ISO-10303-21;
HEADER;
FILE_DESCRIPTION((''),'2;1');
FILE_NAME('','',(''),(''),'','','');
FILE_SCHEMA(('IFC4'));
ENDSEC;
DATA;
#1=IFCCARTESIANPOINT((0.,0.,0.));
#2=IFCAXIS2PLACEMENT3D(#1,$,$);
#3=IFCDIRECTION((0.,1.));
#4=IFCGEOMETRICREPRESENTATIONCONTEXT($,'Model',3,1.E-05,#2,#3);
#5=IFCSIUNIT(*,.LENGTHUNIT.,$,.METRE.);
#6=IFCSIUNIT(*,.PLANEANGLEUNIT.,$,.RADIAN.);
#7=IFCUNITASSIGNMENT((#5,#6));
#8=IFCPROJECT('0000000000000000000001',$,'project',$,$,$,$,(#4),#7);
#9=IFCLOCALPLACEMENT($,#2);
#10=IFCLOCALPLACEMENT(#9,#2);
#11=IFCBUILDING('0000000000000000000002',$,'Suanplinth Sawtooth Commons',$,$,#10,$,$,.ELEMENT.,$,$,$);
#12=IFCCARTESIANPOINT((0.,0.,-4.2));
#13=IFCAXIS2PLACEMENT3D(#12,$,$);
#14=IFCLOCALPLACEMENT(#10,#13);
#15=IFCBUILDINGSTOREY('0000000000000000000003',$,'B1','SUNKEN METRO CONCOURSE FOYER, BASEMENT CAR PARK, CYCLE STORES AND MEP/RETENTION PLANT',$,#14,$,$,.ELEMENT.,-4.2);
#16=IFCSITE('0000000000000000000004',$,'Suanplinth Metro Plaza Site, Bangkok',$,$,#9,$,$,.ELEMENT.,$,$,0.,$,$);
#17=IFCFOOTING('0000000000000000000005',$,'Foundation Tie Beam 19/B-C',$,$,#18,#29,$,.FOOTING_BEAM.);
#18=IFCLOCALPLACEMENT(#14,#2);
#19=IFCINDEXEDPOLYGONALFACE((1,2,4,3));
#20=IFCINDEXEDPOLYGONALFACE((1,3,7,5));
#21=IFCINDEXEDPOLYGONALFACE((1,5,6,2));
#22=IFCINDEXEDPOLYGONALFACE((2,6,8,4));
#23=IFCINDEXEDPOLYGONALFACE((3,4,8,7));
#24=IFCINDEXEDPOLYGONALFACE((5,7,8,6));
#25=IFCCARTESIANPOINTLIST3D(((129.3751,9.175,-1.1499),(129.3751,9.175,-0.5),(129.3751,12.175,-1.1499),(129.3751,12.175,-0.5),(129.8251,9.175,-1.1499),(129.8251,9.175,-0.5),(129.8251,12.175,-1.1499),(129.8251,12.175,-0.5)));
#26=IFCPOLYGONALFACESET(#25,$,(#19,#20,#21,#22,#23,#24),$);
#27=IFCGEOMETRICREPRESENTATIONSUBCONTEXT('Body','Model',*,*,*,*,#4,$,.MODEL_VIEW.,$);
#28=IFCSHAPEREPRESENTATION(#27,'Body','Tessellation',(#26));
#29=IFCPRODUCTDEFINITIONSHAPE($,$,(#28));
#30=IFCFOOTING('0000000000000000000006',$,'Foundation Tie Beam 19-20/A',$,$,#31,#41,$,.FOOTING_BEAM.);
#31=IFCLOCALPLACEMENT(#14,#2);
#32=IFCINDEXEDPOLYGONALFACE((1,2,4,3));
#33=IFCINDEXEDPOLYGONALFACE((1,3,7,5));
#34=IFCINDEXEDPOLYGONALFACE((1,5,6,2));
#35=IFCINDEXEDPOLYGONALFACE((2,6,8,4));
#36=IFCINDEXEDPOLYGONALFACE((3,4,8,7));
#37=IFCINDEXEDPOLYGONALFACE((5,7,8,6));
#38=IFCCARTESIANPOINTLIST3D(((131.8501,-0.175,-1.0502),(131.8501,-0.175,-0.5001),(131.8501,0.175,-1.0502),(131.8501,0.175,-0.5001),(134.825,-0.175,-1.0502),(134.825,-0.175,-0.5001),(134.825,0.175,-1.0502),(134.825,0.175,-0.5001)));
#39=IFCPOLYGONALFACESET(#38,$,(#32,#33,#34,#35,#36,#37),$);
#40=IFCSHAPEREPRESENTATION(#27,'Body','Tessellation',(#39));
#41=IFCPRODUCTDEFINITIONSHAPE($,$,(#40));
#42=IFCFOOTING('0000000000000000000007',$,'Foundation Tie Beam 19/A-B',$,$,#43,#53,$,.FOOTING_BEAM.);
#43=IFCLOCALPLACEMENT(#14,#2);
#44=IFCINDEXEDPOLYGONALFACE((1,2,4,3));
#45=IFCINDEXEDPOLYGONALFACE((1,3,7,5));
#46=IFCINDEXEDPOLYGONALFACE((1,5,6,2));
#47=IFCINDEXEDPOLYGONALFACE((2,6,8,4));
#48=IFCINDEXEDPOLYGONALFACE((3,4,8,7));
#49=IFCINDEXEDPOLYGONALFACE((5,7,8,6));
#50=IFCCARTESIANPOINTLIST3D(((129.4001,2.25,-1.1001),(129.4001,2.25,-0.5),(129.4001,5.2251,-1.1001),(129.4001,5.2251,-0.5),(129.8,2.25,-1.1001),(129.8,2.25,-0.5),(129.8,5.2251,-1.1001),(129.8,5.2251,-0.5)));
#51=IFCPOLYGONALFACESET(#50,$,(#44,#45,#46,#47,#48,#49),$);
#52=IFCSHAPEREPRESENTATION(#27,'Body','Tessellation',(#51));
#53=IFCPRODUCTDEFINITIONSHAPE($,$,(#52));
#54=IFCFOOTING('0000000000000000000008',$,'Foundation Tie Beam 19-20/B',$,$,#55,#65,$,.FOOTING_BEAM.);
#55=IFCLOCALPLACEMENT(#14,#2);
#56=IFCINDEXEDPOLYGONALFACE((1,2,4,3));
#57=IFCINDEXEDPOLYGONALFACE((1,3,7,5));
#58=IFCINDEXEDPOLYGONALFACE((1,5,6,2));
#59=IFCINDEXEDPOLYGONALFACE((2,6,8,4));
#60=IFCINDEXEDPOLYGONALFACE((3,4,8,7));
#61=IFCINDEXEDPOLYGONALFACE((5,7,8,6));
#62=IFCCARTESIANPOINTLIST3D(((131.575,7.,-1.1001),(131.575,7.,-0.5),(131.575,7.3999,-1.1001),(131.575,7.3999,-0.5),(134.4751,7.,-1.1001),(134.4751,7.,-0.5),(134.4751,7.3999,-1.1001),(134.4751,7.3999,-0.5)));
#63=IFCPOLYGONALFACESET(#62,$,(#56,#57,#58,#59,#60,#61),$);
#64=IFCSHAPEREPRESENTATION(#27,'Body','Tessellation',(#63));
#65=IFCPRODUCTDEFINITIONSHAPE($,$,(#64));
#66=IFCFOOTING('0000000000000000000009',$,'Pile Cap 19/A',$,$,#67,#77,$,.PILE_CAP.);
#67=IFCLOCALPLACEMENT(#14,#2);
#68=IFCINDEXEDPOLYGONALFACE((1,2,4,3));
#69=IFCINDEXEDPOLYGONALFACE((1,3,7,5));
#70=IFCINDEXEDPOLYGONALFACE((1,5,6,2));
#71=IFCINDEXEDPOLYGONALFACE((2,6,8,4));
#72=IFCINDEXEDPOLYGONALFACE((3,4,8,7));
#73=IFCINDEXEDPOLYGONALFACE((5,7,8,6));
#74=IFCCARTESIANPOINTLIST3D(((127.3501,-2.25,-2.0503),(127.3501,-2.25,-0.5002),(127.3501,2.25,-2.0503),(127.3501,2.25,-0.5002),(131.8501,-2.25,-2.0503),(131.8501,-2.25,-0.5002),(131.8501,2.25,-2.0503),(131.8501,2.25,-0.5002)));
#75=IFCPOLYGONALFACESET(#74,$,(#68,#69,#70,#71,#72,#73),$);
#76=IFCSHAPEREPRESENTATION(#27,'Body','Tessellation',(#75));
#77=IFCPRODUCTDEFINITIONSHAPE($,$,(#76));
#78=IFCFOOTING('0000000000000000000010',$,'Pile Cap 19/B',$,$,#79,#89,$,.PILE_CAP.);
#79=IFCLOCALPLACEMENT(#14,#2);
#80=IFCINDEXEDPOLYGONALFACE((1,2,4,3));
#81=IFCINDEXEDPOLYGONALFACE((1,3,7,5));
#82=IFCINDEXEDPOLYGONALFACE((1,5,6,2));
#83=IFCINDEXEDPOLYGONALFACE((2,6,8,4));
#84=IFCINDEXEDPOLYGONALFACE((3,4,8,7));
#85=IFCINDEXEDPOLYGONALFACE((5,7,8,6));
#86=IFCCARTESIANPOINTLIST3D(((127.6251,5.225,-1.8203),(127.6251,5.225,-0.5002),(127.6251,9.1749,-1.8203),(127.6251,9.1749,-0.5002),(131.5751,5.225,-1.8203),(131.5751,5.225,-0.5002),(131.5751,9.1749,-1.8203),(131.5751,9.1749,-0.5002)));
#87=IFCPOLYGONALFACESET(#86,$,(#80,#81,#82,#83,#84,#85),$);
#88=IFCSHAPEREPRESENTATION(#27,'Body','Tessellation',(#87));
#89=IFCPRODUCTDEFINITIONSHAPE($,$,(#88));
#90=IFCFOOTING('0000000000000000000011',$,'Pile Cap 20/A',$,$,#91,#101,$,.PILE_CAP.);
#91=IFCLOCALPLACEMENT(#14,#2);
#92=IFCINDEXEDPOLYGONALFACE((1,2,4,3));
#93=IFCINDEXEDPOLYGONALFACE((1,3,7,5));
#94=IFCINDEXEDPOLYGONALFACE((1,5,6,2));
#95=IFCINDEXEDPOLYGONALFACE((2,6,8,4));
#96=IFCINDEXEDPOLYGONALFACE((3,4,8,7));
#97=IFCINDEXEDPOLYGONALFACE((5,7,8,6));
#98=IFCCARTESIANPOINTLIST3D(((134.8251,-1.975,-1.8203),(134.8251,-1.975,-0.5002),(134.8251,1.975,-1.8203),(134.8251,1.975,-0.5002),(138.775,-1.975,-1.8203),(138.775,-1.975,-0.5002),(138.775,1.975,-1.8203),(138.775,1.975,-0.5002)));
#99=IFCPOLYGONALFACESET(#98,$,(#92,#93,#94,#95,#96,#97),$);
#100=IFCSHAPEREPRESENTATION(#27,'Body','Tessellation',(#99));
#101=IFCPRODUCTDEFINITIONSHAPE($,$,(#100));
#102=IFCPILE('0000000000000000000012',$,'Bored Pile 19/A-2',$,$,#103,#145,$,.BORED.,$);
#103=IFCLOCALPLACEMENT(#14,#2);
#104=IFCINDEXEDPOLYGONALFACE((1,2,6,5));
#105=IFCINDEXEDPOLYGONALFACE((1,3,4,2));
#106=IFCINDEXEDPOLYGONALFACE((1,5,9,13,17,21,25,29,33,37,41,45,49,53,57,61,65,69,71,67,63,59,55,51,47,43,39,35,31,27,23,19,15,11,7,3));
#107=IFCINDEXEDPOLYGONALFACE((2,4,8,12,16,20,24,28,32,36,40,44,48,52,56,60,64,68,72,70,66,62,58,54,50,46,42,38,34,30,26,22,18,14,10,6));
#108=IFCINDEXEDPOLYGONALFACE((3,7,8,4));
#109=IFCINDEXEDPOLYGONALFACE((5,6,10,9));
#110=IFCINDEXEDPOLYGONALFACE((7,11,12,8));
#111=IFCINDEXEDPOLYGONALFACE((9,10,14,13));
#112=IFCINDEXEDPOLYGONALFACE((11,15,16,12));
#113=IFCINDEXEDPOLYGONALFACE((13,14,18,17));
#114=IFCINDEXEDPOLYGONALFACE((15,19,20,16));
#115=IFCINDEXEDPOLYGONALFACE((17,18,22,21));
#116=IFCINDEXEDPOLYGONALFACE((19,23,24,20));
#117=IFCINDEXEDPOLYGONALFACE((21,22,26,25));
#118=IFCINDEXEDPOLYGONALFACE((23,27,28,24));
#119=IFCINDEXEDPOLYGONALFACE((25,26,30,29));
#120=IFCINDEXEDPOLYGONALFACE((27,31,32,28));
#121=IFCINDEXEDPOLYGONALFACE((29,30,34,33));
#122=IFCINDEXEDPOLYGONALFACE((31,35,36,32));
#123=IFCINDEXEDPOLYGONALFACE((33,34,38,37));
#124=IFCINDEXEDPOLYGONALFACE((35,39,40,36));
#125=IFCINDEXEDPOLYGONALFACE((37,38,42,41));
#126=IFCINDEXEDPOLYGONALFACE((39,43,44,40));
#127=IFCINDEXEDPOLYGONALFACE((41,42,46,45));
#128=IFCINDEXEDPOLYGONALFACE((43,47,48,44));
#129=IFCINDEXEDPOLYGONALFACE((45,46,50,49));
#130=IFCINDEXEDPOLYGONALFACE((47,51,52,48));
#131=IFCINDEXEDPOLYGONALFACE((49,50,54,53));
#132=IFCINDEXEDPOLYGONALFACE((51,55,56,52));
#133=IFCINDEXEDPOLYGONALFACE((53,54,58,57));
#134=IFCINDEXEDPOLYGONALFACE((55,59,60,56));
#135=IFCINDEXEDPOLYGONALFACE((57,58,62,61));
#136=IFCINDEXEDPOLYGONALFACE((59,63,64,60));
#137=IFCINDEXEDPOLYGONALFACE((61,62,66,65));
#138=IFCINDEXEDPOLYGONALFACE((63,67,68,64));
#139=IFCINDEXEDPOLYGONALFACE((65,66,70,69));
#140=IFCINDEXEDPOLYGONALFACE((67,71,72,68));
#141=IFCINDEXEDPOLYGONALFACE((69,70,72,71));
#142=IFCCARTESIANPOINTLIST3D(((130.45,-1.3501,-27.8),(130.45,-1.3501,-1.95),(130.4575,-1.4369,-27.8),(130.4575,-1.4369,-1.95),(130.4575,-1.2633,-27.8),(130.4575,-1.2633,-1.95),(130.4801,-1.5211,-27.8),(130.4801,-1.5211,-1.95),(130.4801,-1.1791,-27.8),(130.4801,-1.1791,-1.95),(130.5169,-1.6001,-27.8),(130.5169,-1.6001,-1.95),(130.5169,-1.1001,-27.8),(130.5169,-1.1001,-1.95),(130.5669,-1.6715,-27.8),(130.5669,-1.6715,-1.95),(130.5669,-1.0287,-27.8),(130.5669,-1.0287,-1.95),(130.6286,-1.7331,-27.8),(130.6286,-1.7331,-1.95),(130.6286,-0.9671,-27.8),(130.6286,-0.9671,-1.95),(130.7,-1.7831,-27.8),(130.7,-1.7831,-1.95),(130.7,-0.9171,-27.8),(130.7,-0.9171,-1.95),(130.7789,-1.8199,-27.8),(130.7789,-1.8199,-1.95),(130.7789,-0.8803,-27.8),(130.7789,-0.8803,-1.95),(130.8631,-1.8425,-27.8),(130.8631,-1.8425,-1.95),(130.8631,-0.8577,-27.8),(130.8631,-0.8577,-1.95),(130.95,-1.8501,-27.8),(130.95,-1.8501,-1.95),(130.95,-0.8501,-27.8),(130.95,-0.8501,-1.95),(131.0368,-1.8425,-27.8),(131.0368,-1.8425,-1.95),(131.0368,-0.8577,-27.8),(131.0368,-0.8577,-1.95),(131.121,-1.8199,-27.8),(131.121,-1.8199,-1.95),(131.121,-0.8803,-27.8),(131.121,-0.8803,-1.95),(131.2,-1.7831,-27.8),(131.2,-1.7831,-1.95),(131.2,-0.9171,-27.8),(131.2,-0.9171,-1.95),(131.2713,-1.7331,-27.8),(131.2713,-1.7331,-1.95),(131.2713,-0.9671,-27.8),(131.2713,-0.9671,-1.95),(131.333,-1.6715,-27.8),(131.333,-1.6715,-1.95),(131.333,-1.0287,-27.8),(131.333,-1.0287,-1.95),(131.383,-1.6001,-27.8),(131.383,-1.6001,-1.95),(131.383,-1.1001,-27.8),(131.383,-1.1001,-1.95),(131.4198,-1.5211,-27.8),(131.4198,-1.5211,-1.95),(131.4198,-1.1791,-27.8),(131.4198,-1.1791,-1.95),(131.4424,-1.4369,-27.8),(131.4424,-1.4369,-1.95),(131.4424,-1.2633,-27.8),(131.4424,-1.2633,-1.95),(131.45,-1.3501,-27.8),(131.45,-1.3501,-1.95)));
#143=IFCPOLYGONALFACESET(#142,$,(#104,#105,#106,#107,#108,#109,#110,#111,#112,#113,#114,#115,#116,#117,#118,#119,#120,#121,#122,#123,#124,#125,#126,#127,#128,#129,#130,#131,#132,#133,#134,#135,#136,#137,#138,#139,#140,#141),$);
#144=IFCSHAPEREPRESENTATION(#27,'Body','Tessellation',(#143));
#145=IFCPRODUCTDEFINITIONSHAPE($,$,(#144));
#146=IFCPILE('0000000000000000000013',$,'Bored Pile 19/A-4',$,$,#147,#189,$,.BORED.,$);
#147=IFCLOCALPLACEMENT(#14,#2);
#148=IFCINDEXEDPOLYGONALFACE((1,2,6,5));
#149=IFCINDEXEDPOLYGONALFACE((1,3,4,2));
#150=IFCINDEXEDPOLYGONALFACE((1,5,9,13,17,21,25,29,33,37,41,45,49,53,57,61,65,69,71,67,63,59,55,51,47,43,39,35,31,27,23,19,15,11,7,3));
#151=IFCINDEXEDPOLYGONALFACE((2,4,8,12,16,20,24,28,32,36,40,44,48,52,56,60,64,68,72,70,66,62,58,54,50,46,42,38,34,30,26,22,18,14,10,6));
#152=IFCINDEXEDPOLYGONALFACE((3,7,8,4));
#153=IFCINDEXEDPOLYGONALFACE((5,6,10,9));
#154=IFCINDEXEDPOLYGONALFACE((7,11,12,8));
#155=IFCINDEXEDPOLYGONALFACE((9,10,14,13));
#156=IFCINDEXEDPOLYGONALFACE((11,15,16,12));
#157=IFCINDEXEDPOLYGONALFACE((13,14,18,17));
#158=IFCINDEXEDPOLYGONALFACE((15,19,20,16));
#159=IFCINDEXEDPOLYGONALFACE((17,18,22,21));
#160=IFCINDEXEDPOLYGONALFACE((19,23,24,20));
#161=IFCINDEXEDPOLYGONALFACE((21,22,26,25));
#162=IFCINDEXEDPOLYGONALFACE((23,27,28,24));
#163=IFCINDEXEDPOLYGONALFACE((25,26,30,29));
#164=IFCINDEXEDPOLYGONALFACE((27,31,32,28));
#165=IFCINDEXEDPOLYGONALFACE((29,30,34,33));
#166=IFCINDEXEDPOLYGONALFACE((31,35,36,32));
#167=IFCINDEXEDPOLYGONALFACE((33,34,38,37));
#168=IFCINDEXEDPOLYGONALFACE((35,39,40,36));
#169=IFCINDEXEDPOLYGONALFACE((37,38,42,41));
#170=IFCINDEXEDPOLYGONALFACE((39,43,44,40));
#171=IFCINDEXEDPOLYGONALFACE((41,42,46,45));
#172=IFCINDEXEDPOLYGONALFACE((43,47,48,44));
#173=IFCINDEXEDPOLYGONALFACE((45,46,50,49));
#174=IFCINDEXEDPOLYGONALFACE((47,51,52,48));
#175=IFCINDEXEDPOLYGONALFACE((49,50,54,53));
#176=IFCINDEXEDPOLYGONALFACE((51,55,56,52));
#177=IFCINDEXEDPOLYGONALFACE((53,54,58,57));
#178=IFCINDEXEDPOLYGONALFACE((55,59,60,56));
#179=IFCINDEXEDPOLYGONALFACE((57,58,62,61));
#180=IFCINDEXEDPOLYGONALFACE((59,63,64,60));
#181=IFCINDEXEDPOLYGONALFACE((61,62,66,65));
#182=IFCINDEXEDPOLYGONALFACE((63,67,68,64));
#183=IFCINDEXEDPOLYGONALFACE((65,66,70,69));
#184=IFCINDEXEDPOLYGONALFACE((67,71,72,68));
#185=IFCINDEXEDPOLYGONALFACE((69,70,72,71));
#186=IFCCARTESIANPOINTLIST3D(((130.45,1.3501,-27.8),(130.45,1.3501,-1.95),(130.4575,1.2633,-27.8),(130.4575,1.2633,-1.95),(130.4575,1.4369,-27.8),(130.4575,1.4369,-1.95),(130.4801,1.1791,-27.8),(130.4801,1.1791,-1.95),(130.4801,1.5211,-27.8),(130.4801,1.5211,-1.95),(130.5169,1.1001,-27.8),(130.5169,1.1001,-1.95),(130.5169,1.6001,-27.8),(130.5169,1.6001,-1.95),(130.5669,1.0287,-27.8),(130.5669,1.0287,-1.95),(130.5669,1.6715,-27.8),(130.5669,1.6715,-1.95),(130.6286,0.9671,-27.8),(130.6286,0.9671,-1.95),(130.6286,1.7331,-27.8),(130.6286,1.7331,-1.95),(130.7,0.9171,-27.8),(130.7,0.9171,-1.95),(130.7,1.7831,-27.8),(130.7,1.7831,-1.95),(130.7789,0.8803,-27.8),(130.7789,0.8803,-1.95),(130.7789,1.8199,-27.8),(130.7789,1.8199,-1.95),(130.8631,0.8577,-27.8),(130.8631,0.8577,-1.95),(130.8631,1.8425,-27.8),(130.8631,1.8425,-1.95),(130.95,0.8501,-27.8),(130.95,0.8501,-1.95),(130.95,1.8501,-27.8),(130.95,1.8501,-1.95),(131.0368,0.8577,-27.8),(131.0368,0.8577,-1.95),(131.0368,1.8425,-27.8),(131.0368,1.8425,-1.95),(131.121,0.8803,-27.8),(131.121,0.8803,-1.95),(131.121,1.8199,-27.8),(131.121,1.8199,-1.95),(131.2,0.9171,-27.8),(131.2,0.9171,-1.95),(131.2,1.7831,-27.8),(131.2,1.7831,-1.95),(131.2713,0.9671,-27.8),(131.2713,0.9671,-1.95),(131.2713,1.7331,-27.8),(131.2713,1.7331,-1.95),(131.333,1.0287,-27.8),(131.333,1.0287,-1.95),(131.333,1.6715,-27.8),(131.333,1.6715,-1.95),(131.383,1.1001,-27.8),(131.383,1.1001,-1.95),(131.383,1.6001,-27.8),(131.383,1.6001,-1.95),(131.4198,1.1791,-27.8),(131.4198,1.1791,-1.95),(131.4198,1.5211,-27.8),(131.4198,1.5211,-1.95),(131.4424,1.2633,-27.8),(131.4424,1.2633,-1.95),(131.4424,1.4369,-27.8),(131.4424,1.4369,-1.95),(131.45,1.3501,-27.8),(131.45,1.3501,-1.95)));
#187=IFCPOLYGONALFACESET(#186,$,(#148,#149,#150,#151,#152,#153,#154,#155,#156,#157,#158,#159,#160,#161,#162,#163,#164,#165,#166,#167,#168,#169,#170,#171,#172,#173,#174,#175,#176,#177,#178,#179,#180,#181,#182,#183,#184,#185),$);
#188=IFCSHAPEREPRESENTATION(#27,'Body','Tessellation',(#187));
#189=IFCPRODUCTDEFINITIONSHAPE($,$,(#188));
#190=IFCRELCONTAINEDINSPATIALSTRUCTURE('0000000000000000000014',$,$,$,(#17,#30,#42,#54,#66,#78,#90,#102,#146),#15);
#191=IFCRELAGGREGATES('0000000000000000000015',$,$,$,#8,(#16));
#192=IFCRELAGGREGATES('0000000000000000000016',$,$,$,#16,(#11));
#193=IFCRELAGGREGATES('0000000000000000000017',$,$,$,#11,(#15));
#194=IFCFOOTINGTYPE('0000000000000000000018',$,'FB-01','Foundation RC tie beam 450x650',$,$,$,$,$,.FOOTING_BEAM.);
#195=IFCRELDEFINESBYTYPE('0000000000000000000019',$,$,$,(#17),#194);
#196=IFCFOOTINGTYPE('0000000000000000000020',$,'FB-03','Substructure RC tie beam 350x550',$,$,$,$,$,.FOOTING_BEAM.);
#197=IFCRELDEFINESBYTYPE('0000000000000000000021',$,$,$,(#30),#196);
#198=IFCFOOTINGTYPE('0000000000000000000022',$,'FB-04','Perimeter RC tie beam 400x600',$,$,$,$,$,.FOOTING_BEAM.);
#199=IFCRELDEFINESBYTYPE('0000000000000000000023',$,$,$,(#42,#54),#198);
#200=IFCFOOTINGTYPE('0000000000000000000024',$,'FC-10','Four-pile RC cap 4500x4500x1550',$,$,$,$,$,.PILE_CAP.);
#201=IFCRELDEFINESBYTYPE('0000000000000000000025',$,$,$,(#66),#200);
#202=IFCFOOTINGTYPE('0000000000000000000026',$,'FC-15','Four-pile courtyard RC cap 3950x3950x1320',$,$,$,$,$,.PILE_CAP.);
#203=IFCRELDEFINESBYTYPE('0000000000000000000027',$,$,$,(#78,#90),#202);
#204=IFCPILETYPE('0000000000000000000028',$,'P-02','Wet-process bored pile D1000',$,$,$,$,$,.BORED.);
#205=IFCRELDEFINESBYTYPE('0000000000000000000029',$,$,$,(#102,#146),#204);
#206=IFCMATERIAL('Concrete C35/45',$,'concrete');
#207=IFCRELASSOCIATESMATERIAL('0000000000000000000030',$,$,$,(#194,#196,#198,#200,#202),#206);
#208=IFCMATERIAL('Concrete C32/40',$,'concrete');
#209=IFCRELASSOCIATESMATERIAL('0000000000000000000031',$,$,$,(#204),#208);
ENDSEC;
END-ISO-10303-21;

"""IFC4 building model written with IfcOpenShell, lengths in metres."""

from ifc_helpers import new_model, si_unit, direction, frame, origin, origin_2d, place, context, subcontext, project, spatial, rectangle, circle, extrude, material, material_profile, profile_set, type_object, element, save


model = new_model("IFC4")

# Units and contexts
model_context = context("Model", 3, precision=1e-05, world=origin(), true_north=direction((0.0, 1.0)))
body_context = subcontext(model_context, "Body", "Model", "MODEL_VIEW")
ifc_project = project(units=[si_unit("LENGTHUNIT", "METRE"), si_unit("PLANEANGLEUNIT", "RADIAN")], contexts=[model_context])

# Site, building, storey
site_placement = place(None, origin())
site = spatial("IfcSite", under=ifc_project, at=site_placement, Name="Suanplinth Metro Plaza Site, Bangkok", CompositionType="ELEMENT", RefElevation=0.0)
building_placement = place(site_placement, origin())
building = spatial("IfcBuilding", under=site, at=building_placement, Name="Suanplinth Sawtooth Commons", CompositionType="ELEMENT")
storey_placement = place(building_placement, frame((0.0, 0.0, -4.2)))
storey = spatial("IfcBuildingStorey", under=building, at=storey_placement, Name="B1", Description="SUNKEN METRO CONCOURSE FOYER, BASEMENT CAR PARK, CYCLE STORES AND MEP/RETENTION PLANT", CompositionType="ELEMENT", Elevation=-4.2)

# Footings
ifc_material_1 = material(Name="Concrete C35/45", Category="concrete")
ifc_material_profile_1 = material_profile(ifc_material_1, rectangle(XDim=0.45, YDim=0.6499, at=origin_2d()), Name="PC-GDR 450x650")
ifc_profile_set_1 = profile_set([ifc_material_profile_1], Name="Concrete C35/45")
footing_type_1 = type_object("IfcFootingType", Name="FB-01", Description="Foundation RC tie beam 450x650", PredefinedType="FOOTING_BEAM", material=ifc_profile_set_1)
footing_1_placement = place(storey_placement, frame((129.6001, 9.175, -0.825), z_axis=(0.0, 1.0, 0.0), x_axis=(-1.0, 0.0, 0.0)))
element("IfcFooting", 1, at=footing_1_placement, inside=storey, type_object=footing_type_1, Name="Foundation Tie Beam 19/B-C", PredefinedType="FOOTING_BEAM", context=body_context, shape_type="SweptSolid", body=[
    extrude(rectangle(XDim=0.45, YDim=0.6499, at=origin_2d()), origin(), (0.0, 0.0, 1.0), 3.0),
])
ifc_material_profile_2 = material_profile(ifc_material_1, rectangle(XDim=0.3501, YDim=0.55, at=origin_2d()), Name="PC-BM 350x550")
ifc_profile_set_2 = profile_set([ifc_material_profile_2], Name="Concrete C35/45")
footing_type_2 = type_object("IfcFootingType", Name="FB-03", Description="Substructure RC tie beam 350x550", PredefinedType="FOOTING_BEAM", material=ifc_profile_set_2)
footing_2_placement = place(storey_placement, frame((131.8501, 0.0, -0.7751), z_axis=(1.0, 0.0, 0.0), x_axis=(0.0, 1.0, 0.0)))
element("IfcFooting", 2, at=footing_2_placement, inside=storey, type_object=footing_type_2, Name="Foundation Tie Beam 19-20/A", PredefinedType="FOOTING_BEAM", context=body_context, shape_type="SweptSolid", body=[
    extrude(rectangle(XDim=0.3501, YDim=0.55, at=origin_2d()), origin(), (0.0, 0.0, 1.0), 2.9749),
])
ifc_material_profile_3 = material_profile(ifc_material_1, rectangle(XDim=0.3999, YDim=0.6001, at=origin_2d()), Name="PC-GDR 400x600")
ifc_profile_set_3 = profile_set([ifc_material_profile_3], Name="Concrete C35/45")
footing_type_3 = type_object("IfcFootingType", Name="FB-04", Description="Perimeter RC tie beam 400x600", PredefinedType="FOOTING_BEAM", material=ifc_profile_set_3)
footing_3_placement = place(storey_placement, frame((129.6001, 2.25, -0.8), z_axis=(0.0, 1.0, 0.0), x_axis=(-1.0, 0.0, 0.0)))
element("IfcFooting", 3, at=footing_3_placement, inside=storey, type_object=footing_type_3, Name="Foundation Tie Beam 19/A-B", PredefinedType="FOOTING_BEAM", context=body_context, shape_type="SweptSolid", body=[
    extrude(rectangle(XDim=0.3999, YDim=0.6001, at=origin_2d()), origin(), (0.0, 0.0, 1.0), 2.9751),
])
footing_4_placement = place(storey_placement, frame((131.575, 7.2, -0.8), z_axis=(1.0, 0.0, 0.0), x_axis=(0.0, 1.0, 0.0)))
element("IfcFooting", 4, at=footing_4_placement, inside=storey, type_object=footing_type_3, Name="Foundation Tie Beam 19-20/B", PredefinedType="FOOTING_BEAM", context=body_context, shape_type="SweptSolid", body=[
    extrude(rectangle(XDim=0.3999, YDim=0.6001, at=origin_2d()), origin(), (0.0, 0.0, 1.0), 2.9001),
])
footing_type_4 = type_object("IfcFootingType", Name="FC-10", Description="Four-pile RC cap 4500x4500x1550", PredefinedType="PILE_CAP", material=ifc_material_1)
footing_5_placement = place(storey_placement, frame((129.6001, 0.0, -2.0503), z_axis=(0.0, 0.0, 1.0), x_axis=(1.0, 0.0, 0.0)))
element("IfcFooting", 5, at=footing_5_placement, inside=storey, type_object=footing_type_4, Name="Pile Cap 19/A", PredefinedType="PILE_CAP", context=body_context, shape_type="SweptSolid", body=[
    extrude(rectangle(XDim=4.5, YDim=4.5, at=origin_2d()), origin(), (0.0, 0.0, 1.0), 1.55),
])
footing_type_5 = type_object("IfcFootingType", Name="FC-15", Description="Four-pile courtyard RC cap 3950x3950x1320", PredefinedType="PILE_CAP", material=ifc_material_1)
for number, where, z_axis, x_axis, name in (
    (6, (129.6001, 7.2, -1.8203), (0.0, 0.0, 1.0), (1.0, 0.0, 0.0), "Pile Cap 19/B"),
    (7, (136.8, 0.0, -1.8203), (0.0, 0.0, 1.0), (1.0, 0.0, 0.0), "Pile Cap 20/A"),
):
    element("IfcFooting", number, at=place(storey_placement, frame(where, z_axis=z_axis, x_axis=x_axis)), inside=storey, type_object=footing_type_5, Name=name, PredefinedType="PILE_CAP", context=body_context, shape_type="SweptSolid", body=[
        extrude(rectangle(XDim=3.95, YDim=3.95, at=origin_2d()), origin(), (0.0, 0.0, 1.0), 1.3201),
    ])

# Piles
ifc_material_2 = material(Name="Concrete C32/40", Category="concrete")
ifc_material_profile_4 = material_profile(ifc_material_2, circle(Radius=0.5, at=origin_2d()), Name="PILE D1000")
ifc_profile_set_4 = profile_set([ifc_material_profile_4], Name="Concrete C32/40")
pile_type = type_object("IfcPileType", Name="P-02", Description="Wet-process bored pile D1000", PredefinedType="BORED", material=ifc_profile_set_4)
for number, where, z_axis, x_axis, name in (
    (8, (130.95, -1.3501, -1.95), (0.0, 0.0, -1.0), (1.0, 0.0, 0.0), "Bored Pile 19/A-2"),
    (9, (130.95, 1.3501, -1.95), (0.0, 0.0, -1.0), (1.0, 0.0, 0.0), "Bored Pile 19/A-4"),
):
    element("IfcPile", number, at=place(storey_placement, frame(where, z_axis=z_axis, x_axis=x_axis)), inside=storey, type_object=pile_type, Name=name, PredefinedType="BORED", context=body_context, shape_type="SweptSolid", body=[
        extrude(circle(Radius=0.5, at=origin_2d()), origin(), (0.0, 0.0, 1.0), 25.8501),
    ])

save(model, "model.ifc")
